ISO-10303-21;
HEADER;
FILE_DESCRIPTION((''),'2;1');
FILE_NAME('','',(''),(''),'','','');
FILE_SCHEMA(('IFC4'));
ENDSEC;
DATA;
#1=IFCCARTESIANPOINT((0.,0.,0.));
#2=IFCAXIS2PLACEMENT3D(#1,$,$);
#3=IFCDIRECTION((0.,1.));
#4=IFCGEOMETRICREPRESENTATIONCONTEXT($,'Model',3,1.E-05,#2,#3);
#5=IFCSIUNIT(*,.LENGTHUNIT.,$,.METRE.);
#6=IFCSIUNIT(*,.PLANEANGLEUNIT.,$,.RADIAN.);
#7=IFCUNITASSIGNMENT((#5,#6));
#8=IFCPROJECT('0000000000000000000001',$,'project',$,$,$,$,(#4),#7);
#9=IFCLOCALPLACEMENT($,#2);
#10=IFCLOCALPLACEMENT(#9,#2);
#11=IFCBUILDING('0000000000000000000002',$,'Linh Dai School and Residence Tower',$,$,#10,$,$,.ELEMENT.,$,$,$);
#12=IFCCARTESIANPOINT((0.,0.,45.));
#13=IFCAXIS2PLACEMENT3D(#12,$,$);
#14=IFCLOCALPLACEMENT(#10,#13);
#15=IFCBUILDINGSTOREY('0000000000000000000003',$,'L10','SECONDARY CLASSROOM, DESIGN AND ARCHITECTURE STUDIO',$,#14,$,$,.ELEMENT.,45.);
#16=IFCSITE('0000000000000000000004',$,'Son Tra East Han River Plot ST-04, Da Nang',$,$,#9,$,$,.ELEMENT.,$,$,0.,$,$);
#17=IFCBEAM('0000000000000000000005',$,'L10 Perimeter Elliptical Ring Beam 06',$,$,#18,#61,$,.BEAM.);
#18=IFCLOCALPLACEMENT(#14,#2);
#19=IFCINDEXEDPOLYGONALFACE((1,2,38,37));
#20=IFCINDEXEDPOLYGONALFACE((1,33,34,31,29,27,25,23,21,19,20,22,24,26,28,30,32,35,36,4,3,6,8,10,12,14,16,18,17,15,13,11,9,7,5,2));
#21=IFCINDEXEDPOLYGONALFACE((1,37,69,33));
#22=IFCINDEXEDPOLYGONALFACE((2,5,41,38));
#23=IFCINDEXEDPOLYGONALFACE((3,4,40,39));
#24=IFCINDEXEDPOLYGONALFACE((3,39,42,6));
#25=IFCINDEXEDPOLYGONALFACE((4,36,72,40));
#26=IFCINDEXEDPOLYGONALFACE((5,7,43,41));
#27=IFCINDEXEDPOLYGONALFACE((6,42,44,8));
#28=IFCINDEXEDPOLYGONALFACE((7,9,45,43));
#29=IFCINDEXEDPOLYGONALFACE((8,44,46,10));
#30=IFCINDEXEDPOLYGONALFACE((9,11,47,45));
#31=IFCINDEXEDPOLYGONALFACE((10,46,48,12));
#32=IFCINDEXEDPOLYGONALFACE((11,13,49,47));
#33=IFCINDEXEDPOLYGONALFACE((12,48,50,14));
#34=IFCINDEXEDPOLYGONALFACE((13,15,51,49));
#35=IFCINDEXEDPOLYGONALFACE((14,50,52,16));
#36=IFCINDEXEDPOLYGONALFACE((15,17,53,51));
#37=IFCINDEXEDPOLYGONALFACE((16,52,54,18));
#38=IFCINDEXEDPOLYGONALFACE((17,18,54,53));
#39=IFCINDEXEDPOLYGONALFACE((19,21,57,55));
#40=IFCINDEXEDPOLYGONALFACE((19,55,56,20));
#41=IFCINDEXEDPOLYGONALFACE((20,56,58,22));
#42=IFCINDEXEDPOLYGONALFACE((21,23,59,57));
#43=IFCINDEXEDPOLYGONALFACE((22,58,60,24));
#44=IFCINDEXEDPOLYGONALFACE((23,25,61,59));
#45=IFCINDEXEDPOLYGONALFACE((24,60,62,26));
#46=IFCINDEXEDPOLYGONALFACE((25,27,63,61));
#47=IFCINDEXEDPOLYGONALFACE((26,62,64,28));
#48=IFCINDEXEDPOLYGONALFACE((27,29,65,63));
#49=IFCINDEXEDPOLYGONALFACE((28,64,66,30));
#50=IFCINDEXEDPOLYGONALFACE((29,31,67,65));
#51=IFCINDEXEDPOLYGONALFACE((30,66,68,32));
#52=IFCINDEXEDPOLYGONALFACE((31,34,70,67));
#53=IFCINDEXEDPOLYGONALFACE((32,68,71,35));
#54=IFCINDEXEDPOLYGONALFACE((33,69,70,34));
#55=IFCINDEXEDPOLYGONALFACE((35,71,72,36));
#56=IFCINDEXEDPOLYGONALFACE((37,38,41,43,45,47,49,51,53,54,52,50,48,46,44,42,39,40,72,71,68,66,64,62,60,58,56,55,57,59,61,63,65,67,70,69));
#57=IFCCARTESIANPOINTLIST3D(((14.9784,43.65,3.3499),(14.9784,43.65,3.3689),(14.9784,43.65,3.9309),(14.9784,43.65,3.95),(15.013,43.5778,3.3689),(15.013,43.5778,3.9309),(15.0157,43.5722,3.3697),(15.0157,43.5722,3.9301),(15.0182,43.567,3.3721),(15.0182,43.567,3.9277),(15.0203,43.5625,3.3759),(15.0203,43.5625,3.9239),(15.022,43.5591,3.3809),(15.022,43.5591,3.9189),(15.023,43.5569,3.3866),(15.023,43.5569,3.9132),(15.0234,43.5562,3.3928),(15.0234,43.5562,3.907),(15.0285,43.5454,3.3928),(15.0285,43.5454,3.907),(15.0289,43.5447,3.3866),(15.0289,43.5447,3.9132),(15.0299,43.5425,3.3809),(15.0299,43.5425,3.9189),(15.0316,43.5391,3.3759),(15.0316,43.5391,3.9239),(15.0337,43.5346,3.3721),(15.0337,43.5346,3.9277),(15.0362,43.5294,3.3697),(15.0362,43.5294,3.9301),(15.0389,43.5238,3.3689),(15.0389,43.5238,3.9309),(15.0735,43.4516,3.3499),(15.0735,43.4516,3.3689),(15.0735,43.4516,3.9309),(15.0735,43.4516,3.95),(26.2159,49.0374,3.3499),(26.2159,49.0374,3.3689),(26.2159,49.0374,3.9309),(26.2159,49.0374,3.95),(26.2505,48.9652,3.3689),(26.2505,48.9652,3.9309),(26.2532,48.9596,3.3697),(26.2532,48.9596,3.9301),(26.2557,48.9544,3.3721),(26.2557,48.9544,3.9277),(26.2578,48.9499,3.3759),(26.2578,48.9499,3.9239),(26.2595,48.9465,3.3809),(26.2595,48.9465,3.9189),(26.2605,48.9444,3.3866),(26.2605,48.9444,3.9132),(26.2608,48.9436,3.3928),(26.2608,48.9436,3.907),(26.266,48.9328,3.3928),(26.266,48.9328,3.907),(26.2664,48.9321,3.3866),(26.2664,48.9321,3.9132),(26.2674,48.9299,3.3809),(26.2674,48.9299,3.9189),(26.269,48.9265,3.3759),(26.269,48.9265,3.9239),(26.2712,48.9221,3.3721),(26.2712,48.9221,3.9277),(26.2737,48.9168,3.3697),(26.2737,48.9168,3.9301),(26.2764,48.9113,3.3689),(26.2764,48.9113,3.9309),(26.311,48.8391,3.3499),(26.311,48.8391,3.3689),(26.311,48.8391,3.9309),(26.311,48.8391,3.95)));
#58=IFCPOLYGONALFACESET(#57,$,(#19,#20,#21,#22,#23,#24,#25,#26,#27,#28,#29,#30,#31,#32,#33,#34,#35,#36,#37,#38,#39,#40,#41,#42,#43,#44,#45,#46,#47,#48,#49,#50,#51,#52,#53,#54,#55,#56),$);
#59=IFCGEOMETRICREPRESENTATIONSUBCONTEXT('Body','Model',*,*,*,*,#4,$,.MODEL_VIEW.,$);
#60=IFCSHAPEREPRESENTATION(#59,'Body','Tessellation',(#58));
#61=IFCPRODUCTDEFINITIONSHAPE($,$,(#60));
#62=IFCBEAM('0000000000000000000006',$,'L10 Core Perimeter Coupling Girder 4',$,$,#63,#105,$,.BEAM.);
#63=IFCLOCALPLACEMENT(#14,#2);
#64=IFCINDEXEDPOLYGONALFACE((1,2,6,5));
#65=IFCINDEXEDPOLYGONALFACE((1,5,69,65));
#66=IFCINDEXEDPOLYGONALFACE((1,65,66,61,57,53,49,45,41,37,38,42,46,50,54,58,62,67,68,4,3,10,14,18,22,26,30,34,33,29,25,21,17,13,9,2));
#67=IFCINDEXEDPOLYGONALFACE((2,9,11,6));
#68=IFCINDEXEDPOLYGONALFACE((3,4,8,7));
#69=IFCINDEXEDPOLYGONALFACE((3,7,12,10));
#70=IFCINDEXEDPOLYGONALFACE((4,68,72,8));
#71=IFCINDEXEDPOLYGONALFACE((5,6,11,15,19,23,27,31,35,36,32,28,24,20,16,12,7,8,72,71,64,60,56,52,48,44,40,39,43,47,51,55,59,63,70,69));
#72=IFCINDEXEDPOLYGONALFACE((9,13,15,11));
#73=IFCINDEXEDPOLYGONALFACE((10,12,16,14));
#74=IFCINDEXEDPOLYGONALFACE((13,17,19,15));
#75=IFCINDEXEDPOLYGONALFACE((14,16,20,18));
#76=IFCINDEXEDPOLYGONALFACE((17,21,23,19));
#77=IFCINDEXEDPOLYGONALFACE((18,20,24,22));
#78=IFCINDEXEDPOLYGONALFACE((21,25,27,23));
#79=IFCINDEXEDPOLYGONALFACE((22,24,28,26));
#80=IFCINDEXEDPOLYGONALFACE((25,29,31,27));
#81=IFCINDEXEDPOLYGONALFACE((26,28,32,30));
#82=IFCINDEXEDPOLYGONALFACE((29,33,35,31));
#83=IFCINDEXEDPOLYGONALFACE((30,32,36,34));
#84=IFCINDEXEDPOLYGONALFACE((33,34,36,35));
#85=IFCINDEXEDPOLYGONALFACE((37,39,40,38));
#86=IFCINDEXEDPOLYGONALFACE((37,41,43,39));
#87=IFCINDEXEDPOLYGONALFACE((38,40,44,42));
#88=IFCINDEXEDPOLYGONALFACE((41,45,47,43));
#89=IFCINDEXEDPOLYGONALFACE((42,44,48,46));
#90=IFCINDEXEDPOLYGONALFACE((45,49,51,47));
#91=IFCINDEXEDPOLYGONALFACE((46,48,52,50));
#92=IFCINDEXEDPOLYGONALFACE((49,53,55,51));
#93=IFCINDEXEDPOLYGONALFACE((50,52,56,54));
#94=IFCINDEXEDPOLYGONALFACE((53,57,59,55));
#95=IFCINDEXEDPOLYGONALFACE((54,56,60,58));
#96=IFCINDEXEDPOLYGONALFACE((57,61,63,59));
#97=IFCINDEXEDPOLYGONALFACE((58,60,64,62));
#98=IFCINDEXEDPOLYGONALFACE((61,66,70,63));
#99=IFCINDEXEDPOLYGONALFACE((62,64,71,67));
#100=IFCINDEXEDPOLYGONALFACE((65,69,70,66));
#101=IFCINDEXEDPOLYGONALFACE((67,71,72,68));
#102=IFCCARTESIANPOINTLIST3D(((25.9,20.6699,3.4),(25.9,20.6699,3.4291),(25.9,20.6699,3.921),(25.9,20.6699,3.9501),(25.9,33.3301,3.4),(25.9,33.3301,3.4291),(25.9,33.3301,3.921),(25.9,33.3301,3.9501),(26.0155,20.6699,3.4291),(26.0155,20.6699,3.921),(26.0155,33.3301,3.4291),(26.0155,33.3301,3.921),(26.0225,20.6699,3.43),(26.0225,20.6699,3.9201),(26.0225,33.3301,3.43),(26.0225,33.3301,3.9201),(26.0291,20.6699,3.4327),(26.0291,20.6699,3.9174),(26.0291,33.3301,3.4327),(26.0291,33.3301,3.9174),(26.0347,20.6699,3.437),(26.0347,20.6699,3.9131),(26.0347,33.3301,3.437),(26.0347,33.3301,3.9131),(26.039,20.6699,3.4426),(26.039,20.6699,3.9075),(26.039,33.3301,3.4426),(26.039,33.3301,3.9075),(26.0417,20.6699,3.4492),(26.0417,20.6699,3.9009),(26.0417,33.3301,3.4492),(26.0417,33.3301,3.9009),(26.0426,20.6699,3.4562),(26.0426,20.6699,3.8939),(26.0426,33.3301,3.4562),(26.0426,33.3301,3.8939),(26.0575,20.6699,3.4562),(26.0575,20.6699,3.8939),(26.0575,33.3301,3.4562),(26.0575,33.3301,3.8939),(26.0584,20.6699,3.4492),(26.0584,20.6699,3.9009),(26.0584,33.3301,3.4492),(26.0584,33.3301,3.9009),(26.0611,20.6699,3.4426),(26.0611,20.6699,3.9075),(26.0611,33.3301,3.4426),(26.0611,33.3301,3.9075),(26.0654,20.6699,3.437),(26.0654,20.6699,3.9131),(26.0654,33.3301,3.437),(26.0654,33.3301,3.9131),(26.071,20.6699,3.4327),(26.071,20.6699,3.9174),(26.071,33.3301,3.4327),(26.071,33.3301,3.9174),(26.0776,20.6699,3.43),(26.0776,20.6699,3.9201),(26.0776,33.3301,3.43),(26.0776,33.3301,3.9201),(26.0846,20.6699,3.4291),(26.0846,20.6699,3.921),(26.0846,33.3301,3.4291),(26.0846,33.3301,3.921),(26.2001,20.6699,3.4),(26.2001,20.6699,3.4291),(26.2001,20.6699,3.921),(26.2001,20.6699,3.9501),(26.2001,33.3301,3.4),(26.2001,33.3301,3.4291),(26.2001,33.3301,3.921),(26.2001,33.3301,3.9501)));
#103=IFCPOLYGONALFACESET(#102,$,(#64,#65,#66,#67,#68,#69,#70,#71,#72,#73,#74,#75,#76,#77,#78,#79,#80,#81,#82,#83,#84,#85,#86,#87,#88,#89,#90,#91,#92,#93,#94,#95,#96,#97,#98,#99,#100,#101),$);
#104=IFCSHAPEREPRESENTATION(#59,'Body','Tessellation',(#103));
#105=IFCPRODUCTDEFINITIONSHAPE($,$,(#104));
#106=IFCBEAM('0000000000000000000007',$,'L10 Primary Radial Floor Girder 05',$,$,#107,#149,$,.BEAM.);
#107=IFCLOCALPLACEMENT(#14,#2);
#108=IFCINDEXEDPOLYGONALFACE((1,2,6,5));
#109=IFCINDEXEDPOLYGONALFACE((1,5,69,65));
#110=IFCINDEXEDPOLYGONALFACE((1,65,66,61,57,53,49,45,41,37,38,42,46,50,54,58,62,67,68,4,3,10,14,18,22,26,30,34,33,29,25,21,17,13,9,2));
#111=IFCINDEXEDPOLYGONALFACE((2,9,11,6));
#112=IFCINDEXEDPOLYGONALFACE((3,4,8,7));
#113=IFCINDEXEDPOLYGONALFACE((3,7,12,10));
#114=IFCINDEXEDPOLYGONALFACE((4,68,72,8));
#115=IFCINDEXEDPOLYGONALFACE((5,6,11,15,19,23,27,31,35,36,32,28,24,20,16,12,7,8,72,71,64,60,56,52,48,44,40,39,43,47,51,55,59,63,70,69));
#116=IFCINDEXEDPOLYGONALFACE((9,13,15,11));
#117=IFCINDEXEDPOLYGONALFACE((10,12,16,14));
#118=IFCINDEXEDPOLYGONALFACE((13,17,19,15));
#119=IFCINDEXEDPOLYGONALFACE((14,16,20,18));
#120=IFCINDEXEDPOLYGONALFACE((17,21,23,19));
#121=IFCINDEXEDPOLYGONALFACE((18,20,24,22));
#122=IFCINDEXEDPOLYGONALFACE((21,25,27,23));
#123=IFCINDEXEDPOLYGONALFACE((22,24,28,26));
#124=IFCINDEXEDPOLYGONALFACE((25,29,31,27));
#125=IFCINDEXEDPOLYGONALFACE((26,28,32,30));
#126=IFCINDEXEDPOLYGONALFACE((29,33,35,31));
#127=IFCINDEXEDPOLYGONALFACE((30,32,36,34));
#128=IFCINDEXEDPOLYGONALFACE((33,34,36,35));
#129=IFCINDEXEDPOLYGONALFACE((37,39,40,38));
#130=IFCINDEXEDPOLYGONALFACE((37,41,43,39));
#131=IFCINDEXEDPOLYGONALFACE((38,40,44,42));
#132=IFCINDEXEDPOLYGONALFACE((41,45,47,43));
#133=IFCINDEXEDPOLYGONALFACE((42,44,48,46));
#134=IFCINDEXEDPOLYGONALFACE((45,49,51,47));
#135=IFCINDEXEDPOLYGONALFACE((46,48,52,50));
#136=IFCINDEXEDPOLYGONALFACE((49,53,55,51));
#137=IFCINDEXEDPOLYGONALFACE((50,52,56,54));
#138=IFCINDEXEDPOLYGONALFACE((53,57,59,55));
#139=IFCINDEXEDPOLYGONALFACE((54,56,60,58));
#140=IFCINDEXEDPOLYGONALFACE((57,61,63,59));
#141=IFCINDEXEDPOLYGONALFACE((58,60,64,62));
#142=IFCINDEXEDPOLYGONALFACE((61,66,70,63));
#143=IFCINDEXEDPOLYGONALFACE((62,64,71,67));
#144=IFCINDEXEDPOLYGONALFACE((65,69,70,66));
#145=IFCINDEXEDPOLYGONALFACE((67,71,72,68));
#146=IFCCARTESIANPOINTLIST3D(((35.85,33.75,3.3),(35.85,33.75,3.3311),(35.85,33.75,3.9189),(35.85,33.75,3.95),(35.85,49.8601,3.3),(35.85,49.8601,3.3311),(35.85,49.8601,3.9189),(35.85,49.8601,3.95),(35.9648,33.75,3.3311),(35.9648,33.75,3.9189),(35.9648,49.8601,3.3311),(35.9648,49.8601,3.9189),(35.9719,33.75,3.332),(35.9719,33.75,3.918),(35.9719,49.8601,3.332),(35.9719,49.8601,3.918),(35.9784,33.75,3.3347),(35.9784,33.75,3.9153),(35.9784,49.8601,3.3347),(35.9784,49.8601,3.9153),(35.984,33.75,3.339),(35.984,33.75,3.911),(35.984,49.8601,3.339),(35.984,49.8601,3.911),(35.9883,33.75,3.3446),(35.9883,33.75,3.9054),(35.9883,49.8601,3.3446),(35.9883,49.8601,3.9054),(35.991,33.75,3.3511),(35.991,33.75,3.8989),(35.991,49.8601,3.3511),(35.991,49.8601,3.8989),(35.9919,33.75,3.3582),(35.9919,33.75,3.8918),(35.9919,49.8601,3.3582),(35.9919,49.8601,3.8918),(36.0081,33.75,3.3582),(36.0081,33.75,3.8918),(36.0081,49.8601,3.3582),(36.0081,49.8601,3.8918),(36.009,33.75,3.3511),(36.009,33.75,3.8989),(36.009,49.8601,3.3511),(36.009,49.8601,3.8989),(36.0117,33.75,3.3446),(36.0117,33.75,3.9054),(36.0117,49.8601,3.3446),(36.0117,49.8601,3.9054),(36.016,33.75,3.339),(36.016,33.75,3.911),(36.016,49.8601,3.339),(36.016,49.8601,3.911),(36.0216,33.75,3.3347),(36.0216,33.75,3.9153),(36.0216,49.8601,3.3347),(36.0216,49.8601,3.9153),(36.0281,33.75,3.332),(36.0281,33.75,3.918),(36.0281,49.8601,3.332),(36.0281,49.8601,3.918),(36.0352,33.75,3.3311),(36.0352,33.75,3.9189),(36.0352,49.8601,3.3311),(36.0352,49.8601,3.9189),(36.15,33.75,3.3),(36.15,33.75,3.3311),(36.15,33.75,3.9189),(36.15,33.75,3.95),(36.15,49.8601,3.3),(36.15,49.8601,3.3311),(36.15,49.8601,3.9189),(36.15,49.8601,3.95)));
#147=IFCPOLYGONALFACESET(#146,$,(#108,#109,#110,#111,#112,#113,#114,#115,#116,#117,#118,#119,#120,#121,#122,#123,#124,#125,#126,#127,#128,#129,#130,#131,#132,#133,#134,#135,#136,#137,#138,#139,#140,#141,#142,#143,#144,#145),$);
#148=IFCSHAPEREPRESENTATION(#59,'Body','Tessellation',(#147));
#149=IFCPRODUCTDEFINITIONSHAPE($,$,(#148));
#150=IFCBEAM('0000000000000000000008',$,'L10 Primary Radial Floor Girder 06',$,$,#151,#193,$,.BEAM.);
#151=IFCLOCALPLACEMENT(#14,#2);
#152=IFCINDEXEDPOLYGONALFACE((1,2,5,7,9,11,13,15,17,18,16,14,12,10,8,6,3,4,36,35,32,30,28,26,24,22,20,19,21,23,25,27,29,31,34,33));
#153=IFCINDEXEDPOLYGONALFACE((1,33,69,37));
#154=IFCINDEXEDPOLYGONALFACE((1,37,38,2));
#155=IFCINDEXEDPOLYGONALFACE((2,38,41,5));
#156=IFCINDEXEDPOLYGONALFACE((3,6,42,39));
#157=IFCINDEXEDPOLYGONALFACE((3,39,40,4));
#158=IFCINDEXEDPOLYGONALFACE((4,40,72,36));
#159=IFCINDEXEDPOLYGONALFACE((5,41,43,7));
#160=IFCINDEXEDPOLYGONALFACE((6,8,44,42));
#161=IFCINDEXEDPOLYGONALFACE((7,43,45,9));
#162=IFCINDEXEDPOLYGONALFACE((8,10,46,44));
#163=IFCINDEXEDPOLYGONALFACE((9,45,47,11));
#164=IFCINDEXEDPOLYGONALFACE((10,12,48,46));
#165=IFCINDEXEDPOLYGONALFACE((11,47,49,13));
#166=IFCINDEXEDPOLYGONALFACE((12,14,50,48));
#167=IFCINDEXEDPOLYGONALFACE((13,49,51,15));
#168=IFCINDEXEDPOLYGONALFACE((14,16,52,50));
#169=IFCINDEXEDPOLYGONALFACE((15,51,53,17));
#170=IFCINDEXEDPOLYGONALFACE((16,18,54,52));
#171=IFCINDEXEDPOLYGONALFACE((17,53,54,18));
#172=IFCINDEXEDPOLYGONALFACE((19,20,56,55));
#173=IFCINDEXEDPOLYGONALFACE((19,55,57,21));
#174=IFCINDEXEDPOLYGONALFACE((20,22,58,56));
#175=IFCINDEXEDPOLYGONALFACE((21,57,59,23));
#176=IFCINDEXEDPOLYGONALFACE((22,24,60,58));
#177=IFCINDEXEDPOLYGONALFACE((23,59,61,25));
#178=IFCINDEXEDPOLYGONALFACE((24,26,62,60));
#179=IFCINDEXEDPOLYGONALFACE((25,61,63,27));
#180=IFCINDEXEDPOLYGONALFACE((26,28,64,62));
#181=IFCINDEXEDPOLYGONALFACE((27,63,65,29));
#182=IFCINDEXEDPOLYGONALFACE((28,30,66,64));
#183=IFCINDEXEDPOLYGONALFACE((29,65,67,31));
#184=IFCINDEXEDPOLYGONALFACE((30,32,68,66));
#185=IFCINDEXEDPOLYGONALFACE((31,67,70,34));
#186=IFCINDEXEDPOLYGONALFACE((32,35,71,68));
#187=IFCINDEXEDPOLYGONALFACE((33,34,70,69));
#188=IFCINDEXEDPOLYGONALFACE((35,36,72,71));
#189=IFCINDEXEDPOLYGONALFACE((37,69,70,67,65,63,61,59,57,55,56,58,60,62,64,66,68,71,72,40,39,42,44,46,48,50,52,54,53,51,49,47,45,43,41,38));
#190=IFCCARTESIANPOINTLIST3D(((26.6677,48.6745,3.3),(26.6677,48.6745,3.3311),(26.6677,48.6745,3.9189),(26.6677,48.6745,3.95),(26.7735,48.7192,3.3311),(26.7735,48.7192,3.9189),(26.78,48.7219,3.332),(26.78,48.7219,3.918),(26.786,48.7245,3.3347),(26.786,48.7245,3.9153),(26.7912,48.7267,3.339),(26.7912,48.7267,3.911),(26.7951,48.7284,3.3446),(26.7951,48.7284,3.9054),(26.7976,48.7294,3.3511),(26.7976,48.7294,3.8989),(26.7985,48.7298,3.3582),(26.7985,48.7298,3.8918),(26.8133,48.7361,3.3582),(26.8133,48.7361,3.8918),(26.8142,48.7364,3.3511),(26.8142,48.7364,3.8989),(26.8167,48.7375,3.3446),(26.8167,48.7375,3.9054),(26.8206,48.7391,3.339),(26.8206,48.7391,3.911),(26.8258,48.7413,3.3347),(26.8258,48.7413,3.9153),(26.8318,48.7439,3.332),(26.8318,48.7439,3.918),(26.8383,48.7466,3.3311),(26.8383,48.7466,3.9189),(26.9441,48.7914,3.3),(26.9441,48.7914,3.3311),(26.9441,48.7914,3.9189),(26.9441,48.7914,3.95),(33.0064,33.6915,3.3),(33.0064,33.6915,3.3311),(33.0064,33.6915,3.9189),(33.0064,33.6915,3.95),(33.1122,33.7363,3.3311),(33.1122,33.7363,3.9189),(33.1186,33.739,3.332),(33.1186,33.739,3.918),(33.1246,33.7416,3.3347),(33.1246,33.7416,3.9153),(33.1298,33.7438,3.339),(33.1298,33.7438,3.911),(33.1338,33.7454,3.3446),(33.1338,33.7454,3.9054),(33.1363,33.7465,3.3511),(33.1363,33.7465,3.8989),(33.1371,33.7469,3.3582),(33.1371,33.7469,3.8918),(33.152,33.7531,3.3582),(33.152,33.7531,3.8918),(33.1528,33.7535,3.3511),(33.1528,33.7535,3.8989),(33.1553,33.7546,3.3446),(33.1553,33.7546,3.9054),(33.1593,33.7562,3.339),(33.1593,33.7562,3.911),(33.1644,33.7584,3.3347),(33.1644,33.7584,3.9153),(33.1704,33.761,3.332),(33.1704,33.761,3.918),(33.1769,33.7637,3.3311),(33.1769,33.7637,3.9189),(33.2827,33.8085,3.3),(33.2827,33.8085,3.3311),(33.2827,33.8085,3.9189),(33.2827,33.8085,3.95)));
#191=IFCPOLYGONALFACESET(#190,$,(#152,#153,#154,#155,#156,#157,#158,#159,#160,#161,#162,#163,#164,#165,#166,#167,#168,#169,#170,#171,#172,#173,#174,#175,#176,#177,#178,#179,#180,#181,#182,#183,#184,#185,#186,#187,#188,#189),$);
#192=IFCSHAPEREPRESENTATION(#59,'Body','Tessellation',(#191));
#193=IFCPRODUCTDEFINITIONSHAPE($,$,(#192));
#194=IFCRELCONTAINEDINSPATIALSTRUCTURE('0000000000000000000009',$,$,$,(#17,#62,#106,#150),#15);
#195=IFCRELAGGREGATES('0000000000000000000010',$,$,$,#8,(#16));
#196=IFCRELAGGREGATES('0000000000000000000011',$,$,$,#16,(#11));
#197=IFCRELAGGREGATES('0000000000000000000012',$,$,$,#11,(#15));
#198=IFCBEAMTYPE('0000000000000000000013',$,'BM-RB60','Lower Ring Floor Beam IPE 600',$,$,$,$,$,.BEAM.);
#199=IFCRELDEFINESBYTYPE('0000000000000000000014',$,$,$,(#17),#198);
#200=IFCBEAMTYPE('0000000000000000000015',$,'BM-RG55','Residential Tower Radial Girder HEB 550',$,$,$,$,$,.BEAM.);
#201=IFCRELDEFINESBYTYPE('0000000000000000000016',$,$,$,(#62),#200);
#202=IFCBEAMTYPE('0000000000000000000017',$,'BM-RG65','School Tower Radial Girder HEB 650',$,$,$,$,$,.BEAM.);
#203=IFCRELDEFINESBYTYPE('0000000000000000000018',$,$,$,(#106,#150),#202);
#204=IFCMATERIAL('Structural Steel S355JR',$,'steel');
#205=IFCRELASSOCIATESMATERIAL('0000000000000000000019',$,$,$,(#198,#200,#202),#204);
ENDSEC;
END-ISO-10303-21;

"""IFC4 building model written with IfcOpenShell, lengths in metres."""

from ifc_helpers import new_model, si_unit, direction, frame, origin, origin_2d, place, context, subcontext, project, spatial, i_section, extrude, material, material_profile, profile_set, type_object, element, save


model = new_model("IFC4")

# Units and contexts
model_context = context("Model", 3, precision=1e-05, world=origin(), true_north=direction((0.0, 1.0)))
body_context = subcontext(model_context, "Body", "Model", "MODEL_VIEW")
ifc_project = project(units=[si_unit("LENGTHUNIT", "METRE"), si_unit("PLANEANGLEUNIT", "RADIAN")], contexts=[model_context])

# Site, building, storey
site_placement = place(None, origin())
site = spatial("IfcSite", under=ifc_project, at=site_placement, Name="Son Tra East Han River Plot ST-04, Da Nang", CompositionType="ELEMENT", RefElevation=0.0)
building_placement = place(site_placement, origin())
building = spatial("IfcBuilding", under=site, at=building_placement, Name="Linh Dai School and Residence Tower", CompositionType="ELEMENT")
storey_placement = place(building_placement, frame((0.0, 0.0, 45.0)))
storey = spatial("IfcBuildingStorey", under=building, at=storey_placement, Name="L10", Description="SECONDARY CLASSROOM, DESIGN AND ARCHITECTURE STUDIO", CompositionType="ELEMENT", Elevation=45.0)

# Shared definitions
ifc_material_1 = material(Name="Structural Steel S355JR", Category="steel")

# Beams
ifc_material_profile_1 = material_profile(ifc_material_1, i_section(OverallWidth=0.22, OverallDepth=0.6001, WebThickness=0.012, FlangeThickness=0.019, FilletRadius=0.0239, at=origin_2d()), Name="IPE 600")
ifc_profile_set_1 = profile_set([ifc_material_profile_1], Name="Structural Steel S355JR")
beam_type_1 = type_object("IfcBeamType", Name="BM-RB60", Description="Lower Ring Floor Beam IPE 600", PredefinedType="BEAM", material=ifc_profile_set_1)
beam_1_placement = place(storey_placement, frame((26.2634, 48.9382, 3.6499), z_axis=(-0.901729, -0.432302, 0.0), x_axis=(0.432302, -0.901729, 0.0)))
element("IfcBeam", 1, at=beam_1_placement, inside=storey, type_object=beam_type_1, Name="L10 Perimeter Elliptical Ring Beam 06", PredefinedType="BEAM", context=body_context, shape_type="SweptSolid", body=[
    extrude(i_section(OverallWidth=0.22, OverallDepth=0.6001, WebThickness=0.012, FlangeThickness=0.019, FilletRadius=0.0239, at=origin_2d()), origin(), (0.0, 0.0, 1.0), 12.4622),
])
ifc_material_profile_2 = material_profile(ifc_material_1, i_section(OverallWidth=0.3, OverallDepth=0.55, WebThickness=0.0149, FlangeThickness=0.0291, FilletRadius=0.0271, at=origin_2d()), Name="HEB 550")
ifc_profile_set_2 = profile_set([ifc_material_profile_2], Name="Structural Steel S355JR")
beam_type_2 = type_object("IfcBeamType", Name="BM-RG55", Description="Residential Tower Radial Girder HEB 550", PredefinedType="BEAM", material=ifc_profile_set_2)
beam_2_placement = place(storey_placement, frame((26.05, 33.3301, 3.675), z_axis=(0.0, -1.0, 0.0), x_axis=(1.0, 0.0, 0.0)))
element("IfcBeam", 2, at=beam_2_placement, inside=storey, type_object=beam_type_2, Name="L10 Core Perimeter Coupling Girder 4", PredefinedType="BEAM", context=body_context, shape_type="SweptSolid", body=[
    extrude(i_section(OverallWidth=0.3, OverallDepth=0.55, WebThickness=0.0149, FlangeThickness=0.0291, FilletRadius=0.0271, at=origin_2d()), origin(), (0.0, 0.0, 1.0), 12.6602),
])
ifc_material_profile_3 = material_profile(ifc_material_1, i_section(OverallWidth=0.3, OverallDepth=0.6499, WebThickness=0.0161, FlangeThickness=0.031, FilletRadius=0.0271, at=origin_2d()), Name="HEB 650")
ifc_profile_set_3 = profile_set([ifc_material_profile_3], Name="Structural Steel S355JR")
beam_type_3 = type_object("IfcBeamType", Name="BM-RG65", Description="School Tower Radial Girder HEB 650", PredefinedType="BEAM", material=ifc_profile_set_3)
beam_3_placement = place(storey_placement, frame((36.0, 33.75, 3.625), z_axis=(0.0, 1.0, 0.0), x_axis=(-1.0, 0.0, 0.0)))
element("IfcBeam", 3, at=beam_3_placement, inside=storey, type_object=beam_type_3, Name="L10 Primary Radial Floor Girder 05", PredefinedType="BEAM", context=body_context, shape_type="SweptSolid", body=[
    extrude(i_section(OverallWidth=0.3, OverallDepth=0.6499, WebThickness=0.0161, FlangeThickness=0.031, FilletRadius=0.0271, at=origin_2d()), origin(), (0.0, 0.0, 1.0), 16.1101),
])
beam_4_placement = place(storey_placement, frame((33.1445, 33.75, 3.625), z_axis=(-0.389624, 0.920974, 0.0), x_axis=(-0.920974, -0.389624, 0.0)))
element("IfcBeam", 4, at=beam_4_placement, inside=storey, type_object=beam_type_3, Name="L10 Primary Radial Floor Girder 06", PredefinedType="BEAM", context=body_context, shape_type="SweptSolid", body=[
    extrude(i_section(OverallWidth=0.3, OverallDepth=0.6499, WebThickness=0.0161, FlangeThickness=0.031, FilletRadius=0.0271, at=origin_2d()), origin(), (0.0, 0.0, 1.0), 16.2686),
])

save(model, "model.ifc")
